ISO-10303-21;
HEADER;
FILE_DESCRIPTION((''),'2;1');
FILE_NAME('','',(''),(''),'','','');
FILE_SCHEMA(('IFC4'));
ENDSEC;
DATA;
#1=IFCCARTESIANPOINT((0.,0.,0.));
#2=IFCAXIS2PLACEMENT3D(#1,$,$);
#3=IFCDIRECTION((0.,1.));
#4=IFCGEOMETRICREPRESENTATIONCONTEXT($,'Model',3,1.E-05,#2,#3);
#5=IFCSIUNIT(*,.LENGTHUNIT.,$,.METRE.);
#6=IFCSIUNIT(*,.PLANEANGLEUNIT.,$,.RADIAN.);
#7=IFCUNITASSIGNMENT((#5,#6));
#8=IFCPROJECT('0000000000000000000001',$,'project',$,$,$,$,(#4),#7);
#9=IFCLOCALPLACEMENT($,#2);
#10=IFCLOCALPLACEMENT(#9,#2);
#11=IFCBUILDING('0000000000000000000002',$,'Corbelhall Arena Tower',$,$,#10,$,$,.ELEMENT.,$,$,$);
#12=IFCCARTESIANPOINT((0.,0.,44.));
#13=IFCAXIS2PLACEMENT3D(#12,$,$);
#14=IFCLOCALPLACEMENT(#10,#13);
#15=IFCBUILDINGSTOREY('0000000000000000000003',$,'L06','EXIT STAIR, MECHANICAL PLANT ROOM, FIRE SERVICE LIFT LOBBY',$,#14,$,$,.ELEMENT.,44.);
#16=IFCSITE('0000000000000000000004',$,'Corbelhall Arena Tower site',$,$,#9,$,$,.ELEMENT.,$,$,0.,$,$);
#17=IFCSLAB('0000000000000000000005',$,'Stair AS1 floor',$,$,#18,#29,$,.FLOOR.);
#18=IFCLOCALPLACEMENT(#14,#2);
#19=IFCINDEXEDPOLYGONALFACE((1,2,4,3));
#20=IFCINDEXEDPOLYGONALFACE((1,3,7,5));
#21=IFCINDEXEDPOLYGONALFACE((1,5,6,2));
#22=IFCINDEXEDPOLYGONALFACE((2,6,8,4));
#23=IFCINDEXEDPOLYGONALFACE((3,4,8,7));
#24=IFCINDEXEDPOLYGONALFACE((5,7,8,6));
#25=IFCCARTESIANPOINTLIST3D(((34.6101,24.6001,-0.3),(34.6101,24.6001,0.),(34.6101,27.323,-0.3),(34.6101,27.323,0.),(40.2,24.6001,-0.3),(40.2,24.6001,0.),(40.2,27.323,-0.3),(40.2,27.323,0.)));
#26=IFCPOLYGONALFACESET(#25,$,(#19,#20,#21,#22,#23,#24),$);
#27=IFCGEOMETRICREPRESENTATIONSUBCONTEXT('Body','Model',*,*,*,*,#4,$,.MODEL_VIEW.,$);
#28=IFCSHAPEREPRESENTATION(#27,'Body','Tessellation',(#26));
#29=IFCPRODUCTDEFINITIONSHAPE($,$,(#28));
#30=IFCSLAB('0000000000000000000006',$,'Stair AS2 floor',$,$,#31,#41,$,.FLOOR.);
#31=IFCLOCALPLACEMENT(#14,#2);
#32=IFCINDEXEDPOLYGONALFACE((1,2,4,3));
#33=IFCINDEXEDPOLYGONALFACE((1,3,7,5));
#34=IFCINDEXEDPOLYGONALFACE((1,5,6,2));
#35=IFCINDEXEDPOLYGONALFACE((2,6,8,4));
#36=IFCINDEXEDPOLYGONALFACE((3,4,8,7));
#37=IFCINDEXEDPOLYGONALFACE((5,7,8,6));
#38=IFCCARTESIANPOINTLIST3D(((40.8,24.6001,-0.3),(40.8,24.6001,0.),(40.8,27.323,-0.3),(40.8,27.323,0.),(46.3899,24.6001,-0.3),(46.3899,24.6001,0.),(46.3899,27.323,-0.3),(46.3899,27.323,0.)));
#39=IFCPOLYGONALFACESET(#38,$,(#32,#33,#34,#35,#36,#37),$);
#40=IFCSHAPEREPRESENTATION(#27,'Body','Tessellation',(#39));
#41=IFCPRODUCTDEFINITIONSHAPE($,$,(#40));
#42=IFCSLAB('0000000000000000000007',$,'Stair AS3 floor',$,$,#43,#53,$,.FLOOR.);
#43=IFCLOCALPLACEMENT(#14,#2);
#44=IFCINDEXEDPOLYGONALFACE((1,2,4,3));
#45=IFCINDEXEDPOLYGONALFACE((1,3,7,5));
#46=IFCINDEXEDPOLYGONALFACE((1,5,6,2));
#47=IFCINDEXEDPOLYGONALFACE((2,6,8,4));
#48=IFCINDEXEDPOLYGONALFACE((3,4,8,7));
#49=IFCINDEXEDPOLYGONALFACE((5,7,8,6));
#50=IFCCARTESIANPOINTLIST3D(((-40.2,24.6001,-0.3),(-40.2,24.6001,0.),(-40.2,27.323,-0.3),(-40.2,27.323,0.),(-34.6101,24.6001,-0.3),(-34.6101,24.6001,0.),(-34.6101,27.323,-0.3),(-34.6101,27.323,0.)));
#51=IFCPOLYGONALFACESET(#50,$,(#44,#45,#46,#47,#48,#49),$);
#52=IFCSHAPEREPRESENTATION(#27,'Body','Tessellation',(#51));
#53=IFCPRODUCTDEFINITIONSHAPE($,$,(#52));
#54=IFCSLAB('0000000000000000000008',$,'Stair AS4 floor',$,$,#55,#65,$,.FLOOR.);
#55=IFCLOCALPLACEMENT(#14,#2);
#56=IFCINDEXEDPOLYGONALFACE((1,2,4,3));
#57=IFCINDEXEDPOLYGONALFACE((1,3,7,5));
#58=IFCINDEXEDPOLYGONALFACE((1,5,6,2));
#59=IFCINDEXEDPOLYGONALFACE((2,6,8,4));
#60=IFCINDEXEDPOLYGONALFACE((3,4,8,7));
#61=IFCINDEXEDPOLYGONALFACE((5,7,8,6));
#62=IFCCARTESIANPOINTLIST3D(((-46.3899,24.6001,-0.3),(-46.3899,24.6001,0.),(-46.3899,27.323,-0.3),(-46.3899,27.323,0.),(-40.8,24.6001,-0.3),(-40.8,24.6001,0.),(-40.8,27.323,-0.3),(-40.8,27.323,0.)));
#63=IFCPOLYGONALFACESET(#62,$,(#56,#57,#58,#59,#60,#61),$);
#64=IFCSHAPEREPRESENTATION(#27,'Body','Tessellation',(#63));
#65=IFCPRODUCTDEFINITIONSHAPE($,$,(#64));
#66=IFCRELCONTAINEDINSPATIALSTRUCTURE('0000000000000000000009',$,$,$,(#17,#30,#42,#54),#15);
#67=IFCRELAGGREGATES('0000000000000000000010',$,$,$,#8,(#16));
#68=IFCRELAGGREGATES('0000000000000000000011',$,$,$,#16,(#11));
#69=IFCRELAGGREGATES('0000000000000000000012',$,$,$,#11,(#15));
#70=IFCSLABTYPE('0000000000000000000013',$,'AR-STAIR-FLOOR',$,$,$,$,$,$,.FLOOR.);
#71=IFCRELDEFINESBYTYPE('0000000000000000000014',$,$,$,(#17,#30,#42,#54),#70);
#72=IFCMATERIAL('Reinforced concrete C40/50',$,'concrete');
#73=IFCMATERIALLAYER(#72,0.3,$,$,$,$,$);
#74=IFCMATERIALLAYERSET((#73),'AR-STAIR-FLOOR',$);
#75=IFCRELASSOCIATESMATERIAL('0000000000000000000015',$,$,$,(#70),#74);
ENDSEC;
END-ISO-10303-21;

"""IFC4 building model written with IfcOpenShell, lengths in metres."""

from ifc_helpers import new_model, si_unit, direction, frame, origin, place, context, subcontext, project, spatial, polyline, outline, extrude, material, layer, layer_set, type_object, element, save


model = new_model("IFC4")

# Units and contexts
model_context = context("Model", 3, precision=1e-05, world=origin(), true_north=direction((0.0, 1.0)))
body_context = subcontext(model_context, "Body", "Model", "MODEL_VIEW")
ifc_project = project(units=[si_unit("LENGTHUNIT", "METRE"), si_unit("PLANEANGLEUNIT", "RADIAN")], contexts=[model_context])

# Site, building, storey
site_placement = place(None, origin())
site = spatial("IfcSite", under=ifc_project, at=site_placement, Name="Corbelhall Arena Tower site", CompositionType="ELEMENT", RefElevation=0.0)
building_placement = place(site_placement, origin())
building = spatial("IfcBuilding", under=site, at=building_placement, Name="Corbelhall Arena Tower", CompositionType="ELEMENT")
storey_placement = place(building_placement, frame((0.0, 0.0, 44.0)))
storey = spatial("IfcBuildingStorey", under=building, at=storey_placement, Name="L06", Description="EXIT STAIR, MECHANICAL PLANT ROOM, FIRE SERVICE LIFT LOBBY", CompositionType="ELEMENT", Elevation=44.0)

# Shared definitions
ifc_material_1 = material(Name="Reinforced concrete C40/50", Category="concrete")

# Slabs
ifc_layer_1 = layer(ifc_material_1, 0.3)
ifc_layer_set_1 = layer_set([ifc_layer_1], Name="AR-STAIR-FLOOR")
slab_type_1 = type_object("IfcSlabType", Name="AR-STAIR-FLOOR", PredefinedType="FLOOR", material=ifc_layer_set_1)
slab_1_placement = place(storey_placement, frame((0.0, 0.0, -0.3)))
element("IfcSlab", 1, at=slab_1_placement, inside=storey, type_object=slab_type_1, Name="Stair AS1 floor", PredefinedType="FLOOR", context=body_context, shape_type="SweptSolid", body=[
    extrude(outline(polyline([(40.2, 24.6001), (34.6101, 24.6001), (34.6101, 27.323), (40.2, 27.323), (40.2, 24.6001)])), origin(), (0.0, 0.0, 1.0), 0.3),
])
slab_2_placement = place(storey_placement, frame((0.0, 0.0, -0.3)))
element("IfcSlab", 2, at=slab_2_placement, inside=storey, type_object=slab_type_1, Name="Stair AS2 floor", PredefinedType="FLOOR", context=body_context, shape_type="SweptSolid", body=[
    extrude(outline(polyline([(46.3899, 24.6001), (40.8, 24.6001), (40.8, 27.323), (46.3899, 27.323), (46.3899, 24.6001)])), origin(), (0.0, 0.0, 1.0), 0.3),
])
slab_3_placement = place(storey_placement, frame((0.0, 0.0, -0.3)))
element("IfcSlab", 3, at=slab_3_placement, inside=storey, type_object=slab_type_1, Name="Stair AS3 floor", PredefinedType="FLOOR", context=body_context, shape_type="SweptSolid", body=[
    extrude(outline(polyline([(-34.6101, 24.6001), (-40.2, 24.6001), (-40.2, 27.323), (-34.6101, 27.323), (-34.6101, 24.6001)])), origin(), (0.0, 0.0, 1.0), 0.3),
])
slab_4_placement = place(storey_placement, frame((0.0, 0.0, -0.3)))
element("IfcSlab", 4, at=slab_4_placement, inside=storey, type_object=slab_type_1, Name="Stair AS4 floor", PredefinedType="FLOOR", context=body_context, shape_type="SweptSolid", body=[
    extrude(outline(polyline([(-40.8, 24.6001), (-46.3899, 24.6001), (-46.3899, 27.323), (-40.8, 27.323), (-40.8, 24.6001)])), origin(), (0.0, 0.0, 1.0), 0.3),
])

save(model, "model.ifc")
